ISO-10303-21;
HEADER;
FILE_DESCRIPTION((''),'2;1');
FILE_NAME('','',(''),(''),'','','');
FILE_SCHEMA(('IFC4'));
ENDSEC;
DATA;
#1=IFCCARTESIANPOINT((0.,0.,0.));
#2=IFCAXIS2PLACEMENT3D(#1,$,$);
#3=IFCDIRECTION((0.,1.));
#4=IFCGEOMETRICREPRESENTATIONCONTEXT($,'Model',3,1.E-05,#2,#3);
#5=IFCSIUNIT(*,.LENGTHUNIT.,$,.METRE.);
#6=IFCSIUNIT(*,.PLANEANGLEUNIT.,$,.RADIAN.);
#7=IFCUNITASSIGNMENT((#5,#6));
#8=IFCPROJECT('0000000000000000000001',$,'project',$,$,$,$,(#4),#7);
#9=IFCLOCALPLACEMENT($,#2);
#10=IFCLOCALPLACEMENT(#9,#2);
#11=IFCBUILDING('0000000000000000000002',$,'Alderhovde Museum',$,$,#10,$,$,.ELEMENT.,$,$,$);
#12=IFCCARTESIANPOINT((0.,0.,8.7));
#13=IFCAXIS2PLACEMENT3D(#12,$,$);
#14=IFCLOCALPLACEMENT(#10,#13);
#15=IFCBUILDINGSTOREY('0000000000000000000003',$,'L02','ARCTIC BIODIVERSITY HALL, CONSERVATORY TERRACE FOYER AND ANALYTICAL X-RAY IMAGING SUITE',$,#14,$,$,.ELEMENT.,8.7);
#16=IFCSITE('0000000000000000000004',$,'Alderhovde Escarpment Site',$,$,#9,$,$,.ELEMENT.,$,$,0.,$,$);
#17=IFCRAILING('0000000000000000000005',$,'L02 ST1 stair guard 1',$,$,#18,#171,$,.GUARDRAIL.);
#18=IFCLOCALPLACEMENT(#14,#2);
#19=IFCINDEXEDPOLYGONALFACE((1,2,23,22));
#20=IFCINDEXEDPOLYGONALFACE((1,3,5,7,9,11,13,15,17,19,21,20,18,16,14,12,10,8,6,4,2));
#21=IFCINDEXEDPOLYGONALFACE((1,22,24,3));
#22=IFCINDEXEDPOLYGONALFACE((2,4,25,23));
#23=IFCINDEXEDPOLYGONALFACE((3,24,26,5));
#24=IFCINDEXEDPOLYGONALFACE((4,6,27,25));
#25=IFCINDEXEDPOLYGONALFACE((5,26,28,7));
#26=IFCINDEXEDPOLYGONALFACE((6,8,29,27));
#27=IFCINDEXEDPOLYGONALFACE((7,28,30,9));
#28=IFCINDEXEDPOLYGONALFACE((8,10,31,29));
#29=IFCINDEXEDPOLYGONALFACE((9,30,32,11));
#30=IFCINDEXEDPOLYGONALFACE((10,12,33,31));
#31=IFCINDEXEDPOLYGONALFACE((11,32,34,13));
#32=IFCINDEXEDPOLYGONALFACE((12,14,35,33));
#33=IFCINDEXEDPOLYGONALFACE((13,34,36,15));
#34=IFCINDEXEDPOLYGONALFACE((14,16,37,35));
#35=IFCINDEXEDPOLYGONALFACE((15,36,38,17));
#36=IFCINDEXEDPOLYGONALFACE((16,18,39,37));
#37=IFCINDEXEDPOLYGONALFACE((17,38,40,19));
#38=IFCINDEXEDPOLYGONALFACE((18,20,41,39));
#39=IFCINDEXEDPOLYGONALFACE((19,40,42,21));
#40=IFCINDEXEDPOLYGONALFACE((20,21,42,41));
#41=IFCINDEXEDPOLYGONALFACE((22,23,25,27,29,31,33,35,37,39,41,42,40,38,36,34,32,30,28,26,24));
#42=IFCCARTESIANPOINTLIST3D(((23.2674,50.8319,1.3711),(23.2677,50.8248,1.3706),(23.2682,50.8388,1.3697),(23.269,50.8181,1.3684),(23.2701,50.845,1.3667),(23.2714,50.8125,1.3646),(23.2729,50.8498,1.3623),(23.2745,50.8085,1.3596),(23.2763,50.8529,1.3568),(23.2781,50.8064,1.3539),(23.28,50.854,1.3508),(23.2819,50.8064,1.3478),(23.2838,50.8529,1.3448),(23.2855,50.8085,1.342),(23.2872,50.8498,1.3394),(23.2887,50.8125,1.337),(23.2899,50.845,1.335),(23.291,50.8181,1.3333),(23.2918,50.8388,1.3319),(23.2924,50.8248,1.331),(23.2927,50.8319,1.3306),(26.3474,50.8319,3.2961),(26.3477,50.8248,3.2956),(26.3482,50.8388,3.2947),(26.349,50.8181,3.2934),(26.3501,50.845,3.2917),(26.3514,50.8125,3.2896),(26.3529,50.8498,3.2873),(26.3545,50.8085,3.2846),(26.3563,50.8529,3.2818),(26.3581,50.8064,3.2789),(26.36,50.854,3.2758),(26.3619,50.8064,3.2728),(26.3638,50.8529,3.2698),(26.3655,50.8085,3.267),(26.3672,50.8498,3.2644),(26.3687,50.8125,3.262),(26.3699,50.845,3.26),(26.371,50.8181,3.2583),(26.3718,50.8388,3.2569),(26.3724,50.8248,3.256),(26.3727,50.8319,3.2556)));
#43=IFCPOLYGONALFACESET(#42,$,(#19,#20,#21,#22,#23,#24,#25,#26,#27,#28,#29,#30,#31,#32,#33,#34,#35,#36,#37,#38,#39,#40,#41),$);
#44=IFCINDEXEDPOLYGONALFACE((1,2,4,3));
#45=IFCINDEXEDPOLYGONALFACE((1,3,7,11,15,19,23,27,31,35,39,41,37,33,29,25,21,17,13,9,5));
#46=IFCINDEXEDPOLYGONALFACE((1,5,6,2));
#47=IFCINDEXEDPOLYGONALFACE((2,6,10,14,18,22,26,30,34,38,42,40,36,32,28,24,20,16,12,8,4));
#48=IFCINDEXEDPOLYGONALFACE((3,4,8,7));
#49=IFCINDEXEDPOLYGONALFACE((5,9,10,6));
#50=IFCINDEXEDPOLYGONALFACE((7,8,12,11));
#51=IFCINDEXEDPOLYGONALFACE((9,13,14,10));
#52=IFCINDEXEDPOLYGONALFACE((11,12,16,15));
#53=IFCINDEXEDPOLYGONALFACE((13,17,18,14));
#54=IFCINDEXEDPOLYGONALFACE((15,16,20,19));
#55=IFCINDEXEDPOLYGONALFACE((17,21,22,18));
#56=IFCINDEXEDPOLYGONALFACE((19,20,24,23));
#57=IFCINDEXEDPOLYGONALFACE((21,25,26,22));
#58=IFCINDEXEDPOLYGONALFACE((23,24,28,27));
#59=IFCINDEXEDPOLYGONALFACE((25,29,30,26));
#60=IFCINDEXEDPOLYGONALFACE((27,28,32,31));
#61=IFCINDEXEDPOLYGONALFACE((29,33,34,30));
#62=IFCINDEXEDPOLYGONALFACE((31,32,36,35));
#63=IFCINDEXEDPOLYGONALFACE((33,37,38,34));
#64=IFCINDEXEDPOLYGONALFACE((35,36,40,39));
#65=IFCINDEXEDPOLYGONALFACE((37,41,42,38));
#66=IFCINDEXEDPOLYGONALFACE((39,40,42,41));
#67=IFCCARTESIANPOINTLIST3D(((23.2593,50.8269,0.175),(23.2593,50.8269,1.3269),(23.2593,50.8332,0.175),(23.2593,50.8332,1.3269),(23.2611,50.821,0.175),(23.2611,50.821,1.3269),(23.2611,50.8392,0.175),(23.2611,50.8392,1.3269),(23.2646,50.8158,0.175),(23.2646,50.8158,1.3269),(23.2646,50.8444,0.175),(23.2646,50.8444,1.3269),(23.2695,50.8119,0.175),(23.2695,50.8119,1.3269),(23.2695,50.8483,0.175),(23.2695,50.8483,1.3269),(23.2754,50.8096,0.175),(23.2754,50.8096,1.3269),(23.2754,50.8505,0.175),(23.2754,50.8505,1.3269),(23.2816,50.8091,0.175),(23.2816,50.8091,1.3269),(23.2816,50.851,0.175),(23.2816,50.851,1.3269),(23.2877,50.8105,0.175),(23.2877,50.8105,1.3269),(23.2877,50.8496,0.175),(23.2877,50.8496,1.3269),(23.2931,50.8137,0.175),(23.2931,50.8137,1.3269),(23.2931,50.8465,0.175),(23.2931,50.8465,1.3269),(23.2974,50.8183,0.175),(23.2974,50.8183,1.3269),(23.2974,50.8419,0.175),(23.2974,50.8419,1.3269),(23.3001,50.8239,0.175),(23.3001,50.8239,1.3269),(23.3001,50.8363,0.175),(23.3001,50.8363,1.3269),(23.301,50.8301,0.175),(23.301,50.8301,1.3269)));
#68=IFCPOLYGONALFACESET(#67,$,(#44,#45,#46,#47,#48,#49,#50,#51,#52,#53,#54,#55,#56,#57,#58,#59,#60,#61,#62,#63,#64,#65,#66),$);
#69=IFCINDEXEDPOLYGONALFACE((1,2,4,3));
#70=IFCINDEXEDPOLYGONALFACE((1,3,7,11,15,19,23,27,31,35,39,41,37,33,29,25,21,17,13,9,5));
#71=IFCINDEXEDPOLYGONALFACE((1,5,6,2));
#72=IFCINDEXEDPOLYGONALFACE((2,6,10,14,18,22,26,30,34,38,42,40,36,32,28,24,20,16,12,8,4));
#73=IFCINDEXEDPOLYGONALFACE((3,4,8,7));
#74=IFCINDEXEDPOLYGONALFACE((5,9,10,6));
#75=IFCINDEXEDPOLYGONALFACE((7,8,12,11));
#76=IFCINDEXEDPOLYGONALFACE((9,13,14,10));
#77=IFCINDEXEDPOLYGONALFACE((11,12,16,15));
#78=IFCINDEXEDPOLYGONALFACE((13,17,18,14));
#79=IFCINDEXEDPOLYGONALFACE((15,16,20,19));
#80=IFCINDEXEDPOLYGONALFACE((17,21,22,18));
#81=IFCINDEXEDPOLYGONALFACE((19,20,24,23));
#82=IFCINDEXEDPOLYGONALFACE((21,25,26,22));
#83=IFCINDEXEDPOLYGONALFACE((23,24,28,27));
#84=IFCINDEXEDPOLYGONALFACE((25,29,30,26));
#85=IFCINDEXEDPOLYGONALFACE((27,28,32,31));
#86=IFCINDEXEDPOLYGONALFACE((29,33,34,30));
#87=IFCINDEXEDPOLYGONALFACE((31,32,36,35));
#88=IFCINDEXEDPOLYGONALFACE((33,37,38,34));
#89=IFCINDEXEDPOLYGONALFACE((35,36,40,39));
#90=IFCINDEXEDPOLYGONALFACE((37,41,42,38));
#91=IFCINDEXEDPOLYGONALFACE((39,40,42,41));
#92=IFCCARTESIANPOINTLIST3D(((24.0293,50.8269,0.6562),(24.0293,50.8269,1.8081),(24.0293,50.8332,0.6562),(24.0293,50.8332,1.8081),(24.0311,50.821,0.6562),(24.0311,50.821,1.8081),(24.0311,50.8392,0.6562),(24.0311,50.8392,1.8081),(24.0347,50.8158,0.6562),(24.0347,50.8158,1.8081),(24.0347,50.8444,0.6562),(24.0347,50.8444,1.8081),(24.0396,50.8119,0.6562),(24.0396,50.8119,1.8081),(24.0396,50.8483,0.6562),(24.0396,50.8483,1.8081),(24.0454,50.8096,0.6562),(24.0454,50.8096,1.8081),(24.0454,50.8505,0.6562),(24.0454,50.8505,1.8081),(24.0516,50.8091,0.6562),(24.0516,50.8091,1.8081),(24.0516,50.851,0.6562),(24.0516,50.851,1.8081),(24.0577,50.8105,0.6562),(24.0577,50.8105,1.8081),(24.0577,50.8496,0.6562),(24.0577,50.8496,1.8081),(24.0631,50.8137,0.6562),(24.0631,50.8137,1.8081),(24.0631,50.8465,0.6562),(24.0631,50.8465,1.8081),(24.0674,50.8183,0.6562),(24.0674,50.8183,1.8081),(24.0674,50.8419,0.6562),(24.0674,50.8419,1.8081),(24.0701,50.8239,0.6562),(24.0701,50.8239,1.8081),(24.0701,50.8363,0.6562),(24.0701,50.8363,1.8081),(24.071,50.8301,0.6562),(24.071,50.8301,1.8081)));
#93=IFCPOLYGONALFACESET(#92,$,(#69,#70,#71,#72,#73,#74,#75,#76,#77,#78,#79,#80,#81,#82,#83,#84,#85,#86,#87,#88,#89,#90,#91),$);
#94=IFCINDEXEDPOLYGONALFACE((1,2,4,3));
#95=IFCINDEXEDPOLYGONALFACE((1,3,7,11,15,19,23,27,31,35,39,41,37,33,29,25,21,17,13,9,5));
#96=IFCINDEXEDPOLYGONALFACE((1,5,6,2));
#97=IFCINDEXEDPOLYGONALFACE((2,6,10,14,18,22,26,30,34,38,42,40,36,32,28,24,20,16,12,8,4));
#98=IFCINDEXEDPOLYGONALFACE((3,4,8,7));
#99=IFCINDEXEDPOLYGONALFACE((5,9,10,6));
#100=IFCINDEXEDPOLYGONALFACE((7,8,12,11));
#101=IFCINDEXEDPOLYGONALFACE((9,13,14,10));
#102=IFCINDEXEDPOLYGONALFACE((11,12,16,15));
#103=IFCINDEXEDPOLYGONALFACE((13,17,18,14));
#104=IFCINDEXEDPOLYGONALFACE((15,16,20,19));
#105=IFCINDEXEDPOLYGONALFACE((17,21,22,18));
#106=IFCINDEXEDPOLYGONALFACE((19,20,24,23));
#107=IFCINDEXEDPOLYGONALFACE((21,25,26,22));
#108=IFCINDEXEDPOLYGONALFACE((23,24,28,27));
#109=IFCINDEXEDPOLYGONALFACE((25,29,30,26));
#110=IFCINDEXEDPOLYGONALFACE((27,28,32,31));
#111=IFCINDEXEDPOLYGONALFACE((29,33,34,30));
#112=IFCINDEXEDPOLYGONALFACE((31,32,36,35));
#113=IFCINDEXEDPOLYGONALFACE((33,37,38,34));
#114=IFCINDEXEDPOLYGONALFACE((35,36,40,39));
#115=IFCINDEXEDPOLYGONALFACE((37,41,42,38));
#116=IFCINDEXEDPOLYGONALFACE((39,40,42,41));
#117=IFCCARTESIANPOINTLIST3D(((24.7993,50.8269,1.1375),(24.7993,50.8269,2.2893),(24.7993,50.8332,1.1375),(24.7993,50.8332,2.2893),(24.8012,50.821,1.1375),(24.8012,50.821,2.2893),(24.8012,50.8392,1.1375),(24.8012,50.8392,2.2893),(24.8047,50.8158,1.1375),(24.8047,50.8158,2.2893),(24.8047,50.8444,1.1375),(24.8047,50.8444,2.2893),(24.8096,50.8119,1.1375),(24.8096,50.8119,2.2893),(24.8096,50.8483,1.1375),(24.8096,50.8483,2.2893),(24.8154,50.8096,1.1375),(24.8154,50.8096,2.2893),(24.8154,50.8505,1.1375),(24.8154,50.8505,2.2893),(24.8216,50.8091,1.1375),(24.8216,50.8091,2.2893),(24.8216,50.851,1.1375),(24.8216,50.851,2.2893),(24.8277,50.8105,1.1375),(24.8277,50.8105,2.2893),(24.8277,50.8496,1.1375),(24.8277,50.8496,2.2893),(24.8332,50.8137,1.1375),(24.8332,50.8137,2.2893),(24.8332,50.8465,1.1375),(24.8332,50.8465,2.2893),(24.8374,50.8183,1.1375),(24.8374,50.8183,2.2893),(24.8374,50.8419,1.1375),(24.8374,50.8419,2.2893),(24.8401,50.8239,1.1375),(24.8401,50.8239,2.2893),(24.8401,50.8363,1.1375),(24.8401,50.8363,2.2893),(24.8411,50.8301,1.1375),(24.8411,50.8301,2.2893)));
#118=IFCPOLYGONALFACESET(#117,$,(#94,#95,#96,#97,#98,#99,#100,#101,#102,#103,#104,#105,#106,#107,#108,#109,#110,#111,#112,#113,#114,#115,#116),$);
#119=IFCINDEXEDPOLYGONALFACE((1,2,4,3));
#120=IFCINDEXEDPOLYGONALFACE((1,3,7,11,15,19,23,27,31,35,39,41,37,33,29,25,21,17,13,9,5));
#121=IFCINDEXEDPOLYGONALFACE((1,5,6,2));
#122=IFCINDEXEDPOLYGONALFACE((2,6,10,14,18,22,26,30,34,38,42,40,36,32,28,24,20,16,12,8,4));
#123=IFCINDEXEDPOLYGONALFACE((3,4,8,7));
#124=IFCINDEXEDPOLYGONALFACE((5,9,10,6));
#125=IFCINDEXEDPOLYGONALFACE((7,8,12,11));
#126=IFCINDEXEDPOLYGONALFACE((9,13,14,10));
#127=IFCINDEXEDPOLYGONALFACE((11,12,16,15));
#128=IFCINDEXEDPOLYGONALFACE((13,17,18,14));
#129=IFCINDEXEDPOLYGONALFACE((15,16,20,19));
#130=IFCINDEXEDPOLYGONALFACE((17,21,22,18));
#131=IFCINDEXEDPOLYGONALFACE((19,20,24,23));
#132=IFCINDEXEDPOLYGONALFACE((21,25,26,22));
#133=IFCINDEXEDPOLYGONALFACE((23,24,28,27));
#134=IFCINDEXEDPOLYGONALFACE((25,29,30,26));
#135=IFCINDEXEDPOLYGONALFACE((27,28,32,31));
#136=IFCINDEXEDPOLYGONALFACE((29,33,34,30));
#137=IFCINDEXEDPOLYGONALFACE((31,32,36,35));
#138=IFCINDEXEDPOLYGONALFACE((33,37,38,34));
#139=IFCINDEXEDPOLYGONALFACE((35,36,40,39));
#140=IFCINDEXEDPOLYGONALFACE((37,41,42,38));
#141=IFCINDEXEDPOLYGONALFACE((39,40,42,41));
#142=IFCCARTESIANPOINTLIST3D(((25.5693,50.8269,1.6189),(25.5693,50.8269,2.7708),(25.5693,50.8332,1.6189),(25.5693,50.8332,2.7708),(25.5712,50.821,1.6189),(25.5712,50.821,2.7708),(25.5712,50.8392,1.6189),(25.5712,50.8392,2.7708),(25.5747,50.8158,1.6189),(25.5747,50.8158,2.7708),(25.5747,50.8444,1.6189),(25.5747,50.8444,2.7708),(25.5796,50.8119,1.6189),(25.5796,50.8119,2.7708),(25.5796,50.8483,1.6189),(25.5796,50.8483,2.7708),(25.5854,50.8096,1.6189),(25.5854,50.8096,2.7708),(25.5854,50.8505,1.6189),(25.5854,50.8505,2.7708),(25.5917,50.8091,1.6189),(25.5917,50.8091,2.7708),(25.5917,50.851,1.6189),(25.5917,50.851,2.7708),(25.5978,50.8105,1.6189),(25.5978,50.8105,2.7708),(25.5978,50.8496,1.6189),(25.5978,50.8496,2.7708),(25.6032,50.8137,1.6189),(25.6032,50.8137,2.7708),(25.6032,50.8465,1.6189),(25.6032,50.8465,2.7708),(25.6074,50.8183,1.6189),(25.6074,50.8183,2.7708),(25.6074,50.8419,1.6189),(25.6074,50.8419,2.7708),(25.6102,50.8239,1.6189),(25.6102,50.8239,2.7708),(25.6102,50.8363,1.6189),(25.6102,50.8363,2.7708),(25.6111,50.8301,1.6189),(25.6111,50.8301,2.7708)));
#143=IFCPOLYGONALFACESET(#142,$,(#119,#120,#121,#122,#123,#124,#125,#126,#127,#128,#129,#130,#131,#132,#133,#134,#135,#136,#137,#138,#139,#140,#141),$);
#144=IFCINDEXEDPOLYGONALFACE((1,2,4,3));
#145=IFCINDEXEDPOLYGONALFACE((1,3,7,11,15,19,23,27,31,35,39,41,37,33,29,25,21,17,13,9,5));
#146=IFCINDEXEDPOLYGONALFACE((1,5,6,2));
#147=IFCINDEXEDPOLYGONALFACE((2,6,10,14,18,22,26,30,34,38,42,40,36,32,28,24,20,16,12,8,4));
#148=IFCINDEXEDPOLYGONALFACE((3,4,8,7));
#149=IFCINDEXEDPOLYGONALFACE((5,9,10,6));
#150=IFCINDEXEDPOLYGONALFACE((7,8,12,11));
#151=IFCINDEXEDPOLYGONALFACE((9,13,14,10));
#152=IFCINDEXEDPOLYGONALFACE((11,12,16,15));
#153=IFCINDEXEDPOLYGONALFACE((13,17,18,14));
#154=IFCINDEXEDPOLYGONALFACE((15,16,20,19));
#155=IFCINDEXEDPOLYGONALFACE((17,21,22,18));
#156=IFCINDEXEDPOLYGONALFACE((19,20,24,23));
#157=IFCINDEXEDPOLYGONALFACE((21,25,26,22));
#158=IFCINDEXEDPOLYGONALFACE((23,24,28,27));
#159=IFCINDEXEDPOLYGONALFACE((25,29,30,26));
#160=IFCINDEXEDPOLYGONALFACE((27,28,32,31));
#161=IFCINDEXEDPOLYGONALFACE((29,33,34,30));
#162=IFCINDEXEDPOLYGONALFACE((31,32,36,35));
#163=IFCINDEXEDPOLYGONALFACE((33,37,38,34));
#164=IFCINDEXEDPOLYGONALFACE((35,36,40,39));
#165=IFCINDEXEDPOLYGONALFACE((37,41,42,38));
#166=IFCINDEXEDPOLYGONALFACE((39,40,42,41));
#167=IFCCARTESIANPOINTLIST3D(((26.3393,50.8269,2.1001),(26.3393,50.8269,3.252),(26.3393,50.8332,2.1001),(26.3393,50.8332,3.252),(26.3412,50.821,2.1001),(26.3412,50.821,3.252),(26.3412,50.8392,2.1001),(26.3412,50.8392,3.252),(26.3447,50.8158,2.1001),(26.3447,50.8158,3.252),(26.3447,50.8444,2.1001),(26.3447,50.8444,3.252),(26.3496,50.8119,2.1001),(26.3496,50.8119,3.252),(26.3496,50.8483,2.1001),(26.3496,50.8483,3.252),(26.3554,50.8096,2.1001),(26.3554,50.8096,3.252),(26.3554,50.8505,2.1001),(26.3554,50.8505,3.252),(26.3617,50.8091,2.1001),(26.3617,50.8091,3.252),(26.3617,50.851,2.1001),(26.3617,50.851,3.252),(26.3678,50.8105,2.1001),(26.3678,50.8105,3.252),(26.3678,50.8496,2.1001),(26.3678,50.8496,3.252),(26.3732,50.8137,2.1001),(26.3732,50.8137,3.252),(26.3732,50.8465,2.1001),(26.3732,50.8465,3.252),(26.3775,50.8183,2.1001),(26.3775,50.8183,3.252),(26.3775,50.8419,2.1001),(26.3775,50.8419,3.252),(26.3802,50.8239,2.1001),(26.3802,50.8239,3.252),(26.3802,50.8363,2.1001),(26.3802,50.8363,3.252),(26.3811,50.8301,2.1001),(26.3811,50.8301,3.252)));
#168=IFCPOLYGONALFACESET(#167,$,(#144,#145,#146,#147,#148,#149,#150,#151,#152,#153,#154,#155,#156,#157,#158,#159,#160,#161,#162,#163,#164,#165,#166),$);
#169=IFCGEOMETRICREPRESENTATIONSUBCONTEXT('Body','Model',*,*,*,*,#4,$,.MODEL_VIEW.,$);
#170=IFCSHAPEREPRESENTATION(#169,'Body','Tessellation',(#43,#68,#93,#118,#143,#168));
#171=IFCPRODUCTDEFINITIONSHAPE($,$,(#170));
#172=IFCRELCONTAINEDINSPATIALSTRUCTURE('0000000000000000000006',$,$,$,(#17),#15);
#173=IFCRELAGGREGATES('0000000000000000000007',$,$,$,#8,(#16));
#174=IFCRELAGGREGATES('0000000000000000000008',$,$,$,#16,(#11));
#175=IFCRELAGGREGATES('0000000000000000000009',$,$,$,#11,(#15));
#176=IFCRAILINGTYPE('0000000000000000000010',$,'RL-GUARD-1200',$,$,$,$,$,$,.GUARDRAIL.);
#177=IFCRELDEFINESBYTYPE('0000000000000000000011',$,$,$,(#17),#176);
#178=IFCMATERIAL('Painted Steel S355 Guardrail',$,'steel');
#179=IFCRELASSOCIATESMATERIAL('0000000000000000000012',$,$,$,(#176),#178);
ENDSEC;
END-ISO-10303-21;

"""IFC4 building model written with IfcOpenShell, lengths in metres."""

from ifc_helpers import new_model, si_unit, direction, frame, origin, origin_2d, place, context, subcontext, project, spatial, circle, extrude, material, type_object, element, save


model = new_model("IFC4")

# Units and contexts
model_context = context("Model", 3, precision=1e-05, world=origin(), true_north=direction((0.0, 1.0)))
body_context = subcontext(model_context, "Body", "Model", "MODEL_VIEW")
ifc_project = project(units=[si_unit("LENGTHUNIT", "METRE"), si_unit("PLANEANGLEUNIT", "RADIAN")], contexts=[model_context])

# Site, building, storey
site_placement = place(None, origin())
site = spatial("IfcSite", under=ifc_project, at=site_placement, Name="Alderhovde Escarpment Site", CompositionType="ELEMENT", RefElevation=0.0)
building_placement = place(site_placement, origin())
building = spatial("IfcBuilding", under=site, at=building_placement, Name="Alderhovde Museum", CompositionType="ELEMENT")
storey_placement = place(building_placement, frame((0.0, 0.0, 8.7)))
storey = spatial("IfcBuildingStorey", under=building, at=storey_placement, Name="L02", Description="ARCTIC BIODIVERSITY HALL, CONSERVATORY TERRACE FOYER AND ANALYTICAL X-RAY IMAGING SUITE", CompositionType="ELEMENT", Elevation=8.7)

# Railing
ifc_material_1 = material(Name="Painted Steel S355 Guardrail", Category="steel")
railing_type_1 = type_object("IfcRailingType", Name="RL-GUARD-1200", PredefinedType="GUARDRAIL", material=ifc_material_1)
railing_1_placement = place(storey_placement, frame((23.28, 50.8301, 0.175)))
element("IfcRailing", 1, at=railing_1_placement, inside=storey, type_object=railing_type_1, Name="L02 ST1 stair guard 1", PredefinedType="GUARDRAIL", context=body_context, shape_type="SweptSolid", body=[
    extrude(circle(Radius=0.0239, at=origin_2d()), frame((0.0, 0.0, 1.1758), z_axis=(0.847998, 0.0, 0.529999), x_axis=(0.0, 1.0, 0.0)), (0.0, 0.0, 1.0), 3.6321),
    extrude(circle(Radius=0.021, at=origin_2d()), origin(), (0.0, 0.0, 1.0), 1.1519),
    extrude(circle(Radius=0.021, at=origin_2d()), frame((0.77, 0.0, 0.4812)), (0.0, 0.0, 1.0), 1.1519),
    extrude(circle(Radius=0.021, at=origin_2d()), frame((1.54, 0.0, 0.9624)), (0.0, 0.0, 1.0), 1.1519),
    extrude(circle(Radius=0.021, at=origin_2d()), frame((2.3101, 0.0, 1.4438)), (0.0, 0.0, 1.0), 1.1519),
    extrude(circle(Radius=0.021, at=origin_2d()), frame((3.0801, 0.0, 1.925)), (0.0, 0.0, 1.0), 1.1519),
])

save(model, "model.ifc")
